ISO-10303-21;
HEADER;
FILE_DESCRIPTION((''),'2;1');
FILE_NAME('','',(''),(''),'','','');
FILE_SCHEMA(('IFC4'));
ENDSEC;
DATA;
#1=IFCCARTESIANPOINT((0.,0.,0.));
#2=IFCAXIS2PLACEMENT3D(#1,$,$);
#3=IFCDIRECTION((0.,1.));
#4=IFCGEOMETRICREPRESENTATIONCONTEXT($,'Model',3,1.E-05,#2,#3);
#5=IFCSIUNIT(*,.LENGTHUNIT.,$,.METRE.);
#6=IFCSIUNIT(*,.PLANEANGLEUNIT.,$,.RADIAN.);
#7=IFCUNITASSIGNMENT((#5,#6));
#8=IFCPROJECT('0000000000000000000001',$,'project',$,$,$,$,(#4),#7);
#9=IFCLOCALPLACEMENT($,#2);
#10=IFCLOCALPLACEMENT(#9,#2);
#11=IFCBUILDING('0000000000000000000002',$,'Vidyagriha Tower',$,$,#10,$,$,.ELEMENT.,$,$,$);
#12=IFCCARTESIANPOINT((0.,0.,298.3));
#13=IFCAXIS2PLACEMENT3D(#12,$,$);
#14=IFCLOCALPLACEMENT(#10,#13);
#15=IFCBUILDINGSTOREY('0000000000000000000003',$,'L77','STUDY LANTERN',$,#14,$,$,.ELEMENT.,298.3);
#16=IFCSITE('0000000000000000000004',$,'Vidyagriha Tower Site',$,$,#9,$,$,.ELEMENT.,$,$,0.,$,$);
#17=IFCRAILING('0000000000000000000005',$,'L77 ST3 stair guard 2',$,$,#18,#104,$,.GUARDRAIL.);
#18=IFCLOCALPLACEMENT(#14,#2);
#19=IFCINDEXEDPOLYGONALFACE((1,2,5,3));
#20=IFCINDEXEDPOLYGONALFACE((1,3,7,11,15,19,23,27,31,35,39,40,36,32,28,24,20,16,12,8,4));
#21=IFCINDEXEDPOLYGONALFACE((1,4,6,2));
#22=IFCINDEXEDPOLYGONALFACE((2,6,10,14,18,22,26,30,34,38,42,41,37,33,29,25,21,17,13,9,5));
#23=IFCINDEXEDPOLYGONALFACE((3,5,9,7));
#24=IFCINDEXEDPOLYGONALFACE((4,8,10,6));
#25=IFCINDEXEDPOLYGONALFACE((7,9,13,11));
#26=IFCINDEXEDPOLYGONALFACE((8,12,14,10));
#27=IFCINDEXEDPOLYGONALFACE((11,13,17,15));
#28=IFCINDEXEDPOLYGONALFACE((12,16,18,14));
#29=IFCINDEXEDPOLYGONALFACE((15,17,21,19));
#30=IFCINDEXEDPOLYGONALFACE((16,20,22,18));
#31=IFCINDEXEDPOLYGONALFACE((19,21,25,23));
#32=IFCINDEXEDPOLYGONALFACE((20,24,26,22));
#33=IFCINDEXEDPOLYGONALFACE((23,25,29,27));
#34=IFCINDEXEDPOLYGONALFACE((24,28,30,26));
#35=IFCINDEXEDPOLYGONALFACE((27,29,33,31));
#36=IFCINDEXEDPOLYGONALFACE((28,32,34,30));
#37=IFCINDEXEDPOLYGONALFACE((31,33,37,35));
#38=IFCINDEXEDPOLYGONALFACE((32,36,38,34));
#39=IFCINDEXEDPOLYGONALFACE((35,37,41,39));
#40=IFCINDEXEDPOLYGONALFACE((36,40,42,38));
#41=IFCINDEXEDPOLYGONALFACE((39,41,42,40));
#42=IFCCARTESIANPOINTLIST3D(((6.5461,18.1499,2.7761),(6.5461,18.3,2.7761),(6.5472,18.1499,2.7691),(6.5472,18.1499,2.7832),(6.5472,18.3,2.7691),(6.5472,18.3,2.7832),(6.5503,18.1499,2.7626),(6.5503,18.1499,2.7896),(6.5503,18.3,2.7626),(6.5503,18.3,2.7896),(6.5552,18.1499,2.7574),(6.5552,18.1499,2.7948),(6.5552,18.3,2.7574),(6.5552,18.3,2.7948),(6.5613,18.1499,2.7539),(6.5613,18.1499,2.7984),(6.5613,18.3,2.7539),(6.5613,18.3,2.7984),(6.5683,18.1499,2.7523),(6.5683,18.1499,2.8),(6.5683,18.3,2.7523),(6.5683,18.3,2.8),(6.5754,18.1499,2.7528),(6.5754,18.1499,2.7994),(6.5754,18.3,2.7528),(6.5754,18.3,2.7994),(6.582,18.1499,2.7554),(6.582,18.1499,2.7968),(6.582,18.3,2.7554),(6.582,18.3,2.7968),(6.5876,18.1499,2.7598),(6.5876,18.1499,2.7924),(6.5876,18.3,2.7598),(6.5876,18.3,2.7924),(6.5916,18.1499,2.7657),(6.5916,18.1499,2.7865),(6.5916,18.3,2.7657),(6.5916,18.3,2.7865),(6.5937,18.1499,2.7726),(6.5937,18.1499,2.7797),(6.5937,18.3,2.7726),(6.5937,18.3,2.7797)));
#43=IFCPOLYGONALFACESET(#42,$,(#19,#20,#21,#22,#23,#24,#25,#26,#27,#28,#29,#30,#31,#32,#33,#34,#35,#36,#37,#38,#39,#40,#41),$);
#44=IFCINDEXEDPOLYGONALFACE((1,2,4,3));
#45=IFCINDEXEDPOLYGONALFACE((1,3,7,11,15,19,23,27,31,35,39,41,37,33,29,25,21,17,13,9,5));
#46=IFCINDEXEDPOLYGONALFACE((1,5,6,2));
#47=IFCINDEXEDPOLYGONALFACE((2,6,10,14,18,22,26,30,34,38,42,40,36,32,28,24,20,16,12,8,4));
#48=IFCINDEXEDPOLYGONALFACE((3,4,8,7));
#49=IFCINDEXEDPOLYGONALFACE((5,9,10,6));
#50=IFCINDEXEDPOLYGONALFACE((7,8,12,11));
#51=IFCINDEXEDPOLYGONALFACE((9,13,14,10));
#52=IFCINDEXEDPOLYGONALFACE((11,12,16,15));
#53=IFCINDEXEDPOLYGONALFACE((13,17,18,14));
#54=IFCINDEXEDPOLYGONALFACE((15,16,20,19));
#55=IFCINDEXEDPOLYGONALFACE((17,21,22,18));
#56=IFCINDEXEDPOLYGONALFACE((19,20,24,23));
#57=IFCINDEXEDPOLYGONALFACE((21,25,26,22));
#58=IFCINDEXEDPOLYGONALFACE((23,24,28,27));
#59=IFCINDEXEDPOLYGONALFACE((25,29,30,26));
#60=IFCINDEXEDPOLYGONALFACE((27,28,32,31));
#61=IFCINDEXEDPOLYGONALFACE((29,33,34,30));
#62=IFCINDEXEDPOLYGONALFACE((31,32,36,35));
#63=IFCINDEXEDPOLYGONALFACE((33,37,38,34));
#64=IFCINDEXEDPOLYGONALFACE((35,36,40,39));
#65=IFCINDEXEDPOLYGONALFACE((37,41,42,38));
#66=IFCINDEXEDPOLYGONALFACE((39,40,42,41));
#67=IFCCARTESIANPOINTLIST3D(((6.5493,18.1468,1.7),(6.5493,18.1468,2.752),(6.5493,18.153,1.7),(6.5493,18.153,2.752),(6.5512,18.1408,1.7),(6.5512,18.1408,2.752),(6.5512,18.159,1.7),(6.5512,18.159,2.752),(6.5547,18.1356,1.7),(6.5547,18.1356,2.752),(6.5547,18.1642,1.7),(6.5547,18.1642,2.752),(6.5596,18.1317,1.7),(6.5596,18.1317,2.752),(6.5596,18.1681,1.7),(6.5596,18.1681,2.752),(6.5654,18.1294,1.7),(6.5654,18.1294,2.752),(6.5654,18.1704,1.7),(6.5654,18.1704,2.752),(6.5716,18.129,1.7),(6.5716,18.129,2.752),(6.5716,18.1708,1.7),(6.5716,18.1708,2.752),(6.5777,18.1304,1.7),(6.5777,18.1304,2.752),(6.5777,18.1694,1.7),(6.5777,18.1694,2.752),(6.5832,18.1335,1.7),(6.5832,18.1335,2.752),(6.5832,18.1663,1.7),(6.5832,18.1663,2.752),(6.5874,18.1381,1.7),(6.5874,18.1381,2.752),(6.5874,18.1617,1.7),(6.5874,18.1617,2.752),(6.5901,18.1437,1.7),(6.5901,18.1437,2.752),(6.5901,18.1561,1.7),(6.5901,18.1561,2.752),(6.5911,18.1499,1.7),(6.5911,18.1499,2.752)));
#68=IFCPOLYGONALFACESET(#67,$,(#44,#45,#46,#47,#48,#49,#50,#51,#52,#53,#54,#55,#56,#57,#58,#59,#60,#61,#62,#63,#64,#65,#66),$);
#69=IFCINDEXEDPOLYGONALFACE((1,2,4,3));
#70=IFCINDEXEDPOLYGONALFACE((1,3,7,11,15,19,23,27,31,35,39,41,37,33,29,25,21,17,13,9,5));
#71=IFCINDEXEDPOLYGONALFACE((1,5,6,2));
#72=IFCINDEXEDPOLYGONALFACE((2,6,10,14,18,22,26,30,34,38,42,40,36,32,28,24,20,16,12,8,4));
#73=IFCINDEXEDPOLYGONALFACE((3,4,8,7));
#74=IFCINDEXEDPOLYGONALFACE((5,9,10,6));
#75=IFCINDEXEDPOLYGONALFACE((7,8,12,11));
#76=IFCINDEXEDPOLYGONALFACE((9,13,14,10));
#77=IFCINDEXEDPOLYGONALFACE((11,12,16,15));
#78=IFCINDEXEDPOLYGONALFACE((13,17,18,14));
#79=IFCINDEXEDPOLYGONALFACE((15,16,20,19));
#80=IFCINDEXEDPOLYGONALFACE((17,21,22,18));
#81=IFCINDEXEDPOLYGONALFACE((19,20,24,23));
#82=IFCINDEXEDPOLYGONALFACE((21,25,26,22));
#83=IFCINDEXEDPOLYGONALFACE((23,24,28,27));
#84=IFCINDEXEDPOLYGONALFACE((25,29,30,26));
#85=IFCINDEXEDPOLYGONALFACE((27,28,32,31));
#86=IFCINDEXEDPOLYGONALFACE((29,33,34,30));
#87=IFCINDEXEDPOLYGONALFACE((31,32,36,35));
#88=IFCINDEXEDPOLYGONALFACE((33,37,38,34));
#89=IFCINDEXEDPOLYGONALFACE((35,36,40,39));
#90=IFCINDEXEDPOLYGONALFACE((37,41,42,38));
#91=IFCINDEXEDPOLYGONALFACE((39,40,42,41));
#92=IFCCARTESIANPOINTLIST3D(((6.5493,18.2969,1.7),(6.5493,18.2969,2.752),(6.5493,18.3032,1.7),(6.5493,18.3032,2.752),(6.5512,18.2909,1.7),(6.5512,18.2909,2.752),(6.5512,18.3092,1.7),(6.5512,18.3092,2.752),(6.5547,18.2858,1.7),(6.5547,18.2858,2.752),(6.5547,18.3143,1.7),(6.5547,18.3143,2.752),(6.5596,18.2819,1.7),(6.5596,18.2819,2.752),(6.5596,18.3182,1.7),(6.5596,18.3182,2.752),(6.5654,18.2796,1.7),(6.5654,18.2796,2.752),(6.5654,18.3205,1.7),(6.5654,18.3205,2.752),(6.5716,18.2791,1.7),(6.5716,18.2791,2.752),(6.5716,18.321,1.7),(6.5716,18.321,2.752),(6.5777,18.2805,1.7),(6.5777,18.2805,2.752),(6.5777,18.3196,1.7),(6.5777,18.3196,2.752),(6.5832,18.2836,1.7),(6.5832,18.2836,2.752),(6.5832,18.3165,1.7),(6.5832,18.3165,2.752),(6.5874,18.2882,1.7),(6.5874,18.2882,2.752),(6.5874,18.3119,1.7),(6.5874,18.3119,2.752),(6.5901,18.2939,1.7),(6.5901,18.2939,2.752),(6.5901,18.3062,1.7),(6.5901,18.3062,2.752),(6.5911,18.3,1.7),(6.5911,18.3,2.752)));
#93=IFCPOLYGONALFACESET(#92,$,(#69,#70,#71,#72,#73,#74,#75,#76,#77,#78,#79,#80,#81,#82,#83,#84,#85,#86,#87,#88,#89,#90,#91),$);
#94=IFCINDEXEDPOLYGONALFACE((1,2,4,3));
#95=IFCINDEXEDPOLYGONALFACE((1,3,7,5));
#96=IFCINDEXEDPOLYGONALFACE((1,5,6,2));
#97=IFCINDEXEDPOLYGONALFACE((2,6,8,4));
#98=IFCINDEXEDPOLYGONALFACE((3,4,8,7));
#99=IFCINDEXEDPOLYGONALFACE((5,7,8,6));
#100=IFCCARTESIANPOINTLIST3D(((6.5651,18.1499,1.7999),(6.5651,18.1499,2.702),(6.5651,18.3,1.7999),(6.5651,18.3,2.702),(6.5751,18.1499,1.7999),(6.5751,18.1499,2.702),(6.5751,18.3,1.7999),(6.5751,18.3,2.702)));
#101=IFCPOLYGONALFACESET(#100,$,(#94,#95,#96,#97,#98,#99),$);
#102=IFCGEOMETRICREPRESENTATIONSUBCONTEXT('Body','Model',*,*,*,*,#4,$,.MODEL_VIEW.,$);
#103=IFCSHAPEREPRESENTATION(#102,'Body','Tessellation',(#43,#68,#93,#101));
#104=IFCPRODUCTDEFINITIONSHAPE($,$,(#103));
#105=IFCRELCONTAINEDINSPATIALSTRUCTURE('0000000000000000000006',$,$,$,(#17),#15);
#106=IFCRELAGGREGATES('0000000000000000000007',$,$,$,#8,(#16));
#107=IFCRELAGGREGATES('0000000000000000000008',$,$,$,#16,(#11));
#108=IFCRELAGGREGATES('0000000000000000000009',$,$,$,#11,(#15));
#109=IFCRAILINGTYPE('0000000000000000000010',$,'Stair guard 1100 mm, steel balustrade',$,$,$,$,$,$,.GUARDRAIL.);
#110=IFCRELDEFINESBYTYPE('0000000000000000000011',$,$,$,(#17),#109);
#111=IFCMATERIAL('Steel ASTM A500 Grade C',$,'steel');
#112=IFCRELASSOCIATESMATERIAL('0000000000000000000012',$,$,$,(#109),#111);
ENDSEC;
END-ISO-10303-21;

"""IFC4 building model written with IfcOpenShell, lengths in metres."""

from ifc_helpers import new_model, si_unit, direction, frame, origin, origin_2d, place, context, subcontext, project, spatial, rectangle, circle, extrude, material, type_object, element, save


model = new_model("IFC4")

# Units and contexts
model_context = context("Model", 3, precision=1e-05, world=origin(), true_north=direction((0.0, 1.0)))
body_context = subcontext(model_context, "Body", "Model", "MODEL_VIEW")
ifc_project = project(units=[si_unit("LENGTHUNIT", "METRE"), si_unit("PLANEANGLEUNIT", "RADIAN")], contexts=[model_context])

# Site, building, storey
site_placement = place(None, origin())
site = spatial("IfcSite", under=ifc_project, at=site_placement, Name="Vidyagriha Tower Site", CompositionType="ELEMENT", RefElevation=0.0)
building_placement = place(site_placement, origin())
building = spatial("IfcBuilding", under=site, at=building_placement, Name="Vidyagriha Tower", CompositionType="ELEMENT")
storey_placement = place(building_placement, frame((0.0, 0.0, 298.3)))
storey = spatial("IfcBuildingStorey", under=building, at=storey_placement, Name="L77", Description="STUDY LANTERN", CompositionType="ELEMENT", Elevation=298.3)

# Railing
ifc_material_1 = material(Name="Steel ASTM A500 Grade C", Category="steel")
railing_type_1 = type_object("IfcRailingType", Name="Stair guard 1100 mm, steel balustrade", PredefinedType="GUARDRAIL", material=ifc_material_1)
railing_1_placement = place(storey_placement, frame((6.5701, 18.1499, 1.7)))
element("IfcRailing", 1, at=railing_1_placement, inside=storey, type_object=railing_type_1, Name="L77 ST3 stair guard 2", PredefinedType="GUARDRAIL", context=body_context, shape_type="SweptSolid", body=[
    extrude(circle(Radius=0.0239, at=origin_2d()), frame((0.0, 0.0, 1.0762), z_axis=(0.0, 1.0, 0.0), x_axis=(-1.0, 0.0, 0.0)), (0.0, 0.0, 1.0), 0.1501),
    extrude(circle(Radius=0.021, at=origin_2d()), origin(), (0.0, 0.0, 1.0), 1.052),
    extrude(circle(Radius=0.021, at=origin_2d()), frame((0.0, 0.1501, 0.0)), (0.0, 0.0, 1.0), 1.052),
    extrude(rectangle(XDim=0.01, YDim=0.9021, at=origin_2d()), frame((0.0, 0.0, 0.551), z_axis=(0.0, 1.0, 0.0), x_axis=(-1.0, 0.0, 0.0)), (0.0, 0.0, 1.0), 0.1501),
])

save(model, "model.ifc")
